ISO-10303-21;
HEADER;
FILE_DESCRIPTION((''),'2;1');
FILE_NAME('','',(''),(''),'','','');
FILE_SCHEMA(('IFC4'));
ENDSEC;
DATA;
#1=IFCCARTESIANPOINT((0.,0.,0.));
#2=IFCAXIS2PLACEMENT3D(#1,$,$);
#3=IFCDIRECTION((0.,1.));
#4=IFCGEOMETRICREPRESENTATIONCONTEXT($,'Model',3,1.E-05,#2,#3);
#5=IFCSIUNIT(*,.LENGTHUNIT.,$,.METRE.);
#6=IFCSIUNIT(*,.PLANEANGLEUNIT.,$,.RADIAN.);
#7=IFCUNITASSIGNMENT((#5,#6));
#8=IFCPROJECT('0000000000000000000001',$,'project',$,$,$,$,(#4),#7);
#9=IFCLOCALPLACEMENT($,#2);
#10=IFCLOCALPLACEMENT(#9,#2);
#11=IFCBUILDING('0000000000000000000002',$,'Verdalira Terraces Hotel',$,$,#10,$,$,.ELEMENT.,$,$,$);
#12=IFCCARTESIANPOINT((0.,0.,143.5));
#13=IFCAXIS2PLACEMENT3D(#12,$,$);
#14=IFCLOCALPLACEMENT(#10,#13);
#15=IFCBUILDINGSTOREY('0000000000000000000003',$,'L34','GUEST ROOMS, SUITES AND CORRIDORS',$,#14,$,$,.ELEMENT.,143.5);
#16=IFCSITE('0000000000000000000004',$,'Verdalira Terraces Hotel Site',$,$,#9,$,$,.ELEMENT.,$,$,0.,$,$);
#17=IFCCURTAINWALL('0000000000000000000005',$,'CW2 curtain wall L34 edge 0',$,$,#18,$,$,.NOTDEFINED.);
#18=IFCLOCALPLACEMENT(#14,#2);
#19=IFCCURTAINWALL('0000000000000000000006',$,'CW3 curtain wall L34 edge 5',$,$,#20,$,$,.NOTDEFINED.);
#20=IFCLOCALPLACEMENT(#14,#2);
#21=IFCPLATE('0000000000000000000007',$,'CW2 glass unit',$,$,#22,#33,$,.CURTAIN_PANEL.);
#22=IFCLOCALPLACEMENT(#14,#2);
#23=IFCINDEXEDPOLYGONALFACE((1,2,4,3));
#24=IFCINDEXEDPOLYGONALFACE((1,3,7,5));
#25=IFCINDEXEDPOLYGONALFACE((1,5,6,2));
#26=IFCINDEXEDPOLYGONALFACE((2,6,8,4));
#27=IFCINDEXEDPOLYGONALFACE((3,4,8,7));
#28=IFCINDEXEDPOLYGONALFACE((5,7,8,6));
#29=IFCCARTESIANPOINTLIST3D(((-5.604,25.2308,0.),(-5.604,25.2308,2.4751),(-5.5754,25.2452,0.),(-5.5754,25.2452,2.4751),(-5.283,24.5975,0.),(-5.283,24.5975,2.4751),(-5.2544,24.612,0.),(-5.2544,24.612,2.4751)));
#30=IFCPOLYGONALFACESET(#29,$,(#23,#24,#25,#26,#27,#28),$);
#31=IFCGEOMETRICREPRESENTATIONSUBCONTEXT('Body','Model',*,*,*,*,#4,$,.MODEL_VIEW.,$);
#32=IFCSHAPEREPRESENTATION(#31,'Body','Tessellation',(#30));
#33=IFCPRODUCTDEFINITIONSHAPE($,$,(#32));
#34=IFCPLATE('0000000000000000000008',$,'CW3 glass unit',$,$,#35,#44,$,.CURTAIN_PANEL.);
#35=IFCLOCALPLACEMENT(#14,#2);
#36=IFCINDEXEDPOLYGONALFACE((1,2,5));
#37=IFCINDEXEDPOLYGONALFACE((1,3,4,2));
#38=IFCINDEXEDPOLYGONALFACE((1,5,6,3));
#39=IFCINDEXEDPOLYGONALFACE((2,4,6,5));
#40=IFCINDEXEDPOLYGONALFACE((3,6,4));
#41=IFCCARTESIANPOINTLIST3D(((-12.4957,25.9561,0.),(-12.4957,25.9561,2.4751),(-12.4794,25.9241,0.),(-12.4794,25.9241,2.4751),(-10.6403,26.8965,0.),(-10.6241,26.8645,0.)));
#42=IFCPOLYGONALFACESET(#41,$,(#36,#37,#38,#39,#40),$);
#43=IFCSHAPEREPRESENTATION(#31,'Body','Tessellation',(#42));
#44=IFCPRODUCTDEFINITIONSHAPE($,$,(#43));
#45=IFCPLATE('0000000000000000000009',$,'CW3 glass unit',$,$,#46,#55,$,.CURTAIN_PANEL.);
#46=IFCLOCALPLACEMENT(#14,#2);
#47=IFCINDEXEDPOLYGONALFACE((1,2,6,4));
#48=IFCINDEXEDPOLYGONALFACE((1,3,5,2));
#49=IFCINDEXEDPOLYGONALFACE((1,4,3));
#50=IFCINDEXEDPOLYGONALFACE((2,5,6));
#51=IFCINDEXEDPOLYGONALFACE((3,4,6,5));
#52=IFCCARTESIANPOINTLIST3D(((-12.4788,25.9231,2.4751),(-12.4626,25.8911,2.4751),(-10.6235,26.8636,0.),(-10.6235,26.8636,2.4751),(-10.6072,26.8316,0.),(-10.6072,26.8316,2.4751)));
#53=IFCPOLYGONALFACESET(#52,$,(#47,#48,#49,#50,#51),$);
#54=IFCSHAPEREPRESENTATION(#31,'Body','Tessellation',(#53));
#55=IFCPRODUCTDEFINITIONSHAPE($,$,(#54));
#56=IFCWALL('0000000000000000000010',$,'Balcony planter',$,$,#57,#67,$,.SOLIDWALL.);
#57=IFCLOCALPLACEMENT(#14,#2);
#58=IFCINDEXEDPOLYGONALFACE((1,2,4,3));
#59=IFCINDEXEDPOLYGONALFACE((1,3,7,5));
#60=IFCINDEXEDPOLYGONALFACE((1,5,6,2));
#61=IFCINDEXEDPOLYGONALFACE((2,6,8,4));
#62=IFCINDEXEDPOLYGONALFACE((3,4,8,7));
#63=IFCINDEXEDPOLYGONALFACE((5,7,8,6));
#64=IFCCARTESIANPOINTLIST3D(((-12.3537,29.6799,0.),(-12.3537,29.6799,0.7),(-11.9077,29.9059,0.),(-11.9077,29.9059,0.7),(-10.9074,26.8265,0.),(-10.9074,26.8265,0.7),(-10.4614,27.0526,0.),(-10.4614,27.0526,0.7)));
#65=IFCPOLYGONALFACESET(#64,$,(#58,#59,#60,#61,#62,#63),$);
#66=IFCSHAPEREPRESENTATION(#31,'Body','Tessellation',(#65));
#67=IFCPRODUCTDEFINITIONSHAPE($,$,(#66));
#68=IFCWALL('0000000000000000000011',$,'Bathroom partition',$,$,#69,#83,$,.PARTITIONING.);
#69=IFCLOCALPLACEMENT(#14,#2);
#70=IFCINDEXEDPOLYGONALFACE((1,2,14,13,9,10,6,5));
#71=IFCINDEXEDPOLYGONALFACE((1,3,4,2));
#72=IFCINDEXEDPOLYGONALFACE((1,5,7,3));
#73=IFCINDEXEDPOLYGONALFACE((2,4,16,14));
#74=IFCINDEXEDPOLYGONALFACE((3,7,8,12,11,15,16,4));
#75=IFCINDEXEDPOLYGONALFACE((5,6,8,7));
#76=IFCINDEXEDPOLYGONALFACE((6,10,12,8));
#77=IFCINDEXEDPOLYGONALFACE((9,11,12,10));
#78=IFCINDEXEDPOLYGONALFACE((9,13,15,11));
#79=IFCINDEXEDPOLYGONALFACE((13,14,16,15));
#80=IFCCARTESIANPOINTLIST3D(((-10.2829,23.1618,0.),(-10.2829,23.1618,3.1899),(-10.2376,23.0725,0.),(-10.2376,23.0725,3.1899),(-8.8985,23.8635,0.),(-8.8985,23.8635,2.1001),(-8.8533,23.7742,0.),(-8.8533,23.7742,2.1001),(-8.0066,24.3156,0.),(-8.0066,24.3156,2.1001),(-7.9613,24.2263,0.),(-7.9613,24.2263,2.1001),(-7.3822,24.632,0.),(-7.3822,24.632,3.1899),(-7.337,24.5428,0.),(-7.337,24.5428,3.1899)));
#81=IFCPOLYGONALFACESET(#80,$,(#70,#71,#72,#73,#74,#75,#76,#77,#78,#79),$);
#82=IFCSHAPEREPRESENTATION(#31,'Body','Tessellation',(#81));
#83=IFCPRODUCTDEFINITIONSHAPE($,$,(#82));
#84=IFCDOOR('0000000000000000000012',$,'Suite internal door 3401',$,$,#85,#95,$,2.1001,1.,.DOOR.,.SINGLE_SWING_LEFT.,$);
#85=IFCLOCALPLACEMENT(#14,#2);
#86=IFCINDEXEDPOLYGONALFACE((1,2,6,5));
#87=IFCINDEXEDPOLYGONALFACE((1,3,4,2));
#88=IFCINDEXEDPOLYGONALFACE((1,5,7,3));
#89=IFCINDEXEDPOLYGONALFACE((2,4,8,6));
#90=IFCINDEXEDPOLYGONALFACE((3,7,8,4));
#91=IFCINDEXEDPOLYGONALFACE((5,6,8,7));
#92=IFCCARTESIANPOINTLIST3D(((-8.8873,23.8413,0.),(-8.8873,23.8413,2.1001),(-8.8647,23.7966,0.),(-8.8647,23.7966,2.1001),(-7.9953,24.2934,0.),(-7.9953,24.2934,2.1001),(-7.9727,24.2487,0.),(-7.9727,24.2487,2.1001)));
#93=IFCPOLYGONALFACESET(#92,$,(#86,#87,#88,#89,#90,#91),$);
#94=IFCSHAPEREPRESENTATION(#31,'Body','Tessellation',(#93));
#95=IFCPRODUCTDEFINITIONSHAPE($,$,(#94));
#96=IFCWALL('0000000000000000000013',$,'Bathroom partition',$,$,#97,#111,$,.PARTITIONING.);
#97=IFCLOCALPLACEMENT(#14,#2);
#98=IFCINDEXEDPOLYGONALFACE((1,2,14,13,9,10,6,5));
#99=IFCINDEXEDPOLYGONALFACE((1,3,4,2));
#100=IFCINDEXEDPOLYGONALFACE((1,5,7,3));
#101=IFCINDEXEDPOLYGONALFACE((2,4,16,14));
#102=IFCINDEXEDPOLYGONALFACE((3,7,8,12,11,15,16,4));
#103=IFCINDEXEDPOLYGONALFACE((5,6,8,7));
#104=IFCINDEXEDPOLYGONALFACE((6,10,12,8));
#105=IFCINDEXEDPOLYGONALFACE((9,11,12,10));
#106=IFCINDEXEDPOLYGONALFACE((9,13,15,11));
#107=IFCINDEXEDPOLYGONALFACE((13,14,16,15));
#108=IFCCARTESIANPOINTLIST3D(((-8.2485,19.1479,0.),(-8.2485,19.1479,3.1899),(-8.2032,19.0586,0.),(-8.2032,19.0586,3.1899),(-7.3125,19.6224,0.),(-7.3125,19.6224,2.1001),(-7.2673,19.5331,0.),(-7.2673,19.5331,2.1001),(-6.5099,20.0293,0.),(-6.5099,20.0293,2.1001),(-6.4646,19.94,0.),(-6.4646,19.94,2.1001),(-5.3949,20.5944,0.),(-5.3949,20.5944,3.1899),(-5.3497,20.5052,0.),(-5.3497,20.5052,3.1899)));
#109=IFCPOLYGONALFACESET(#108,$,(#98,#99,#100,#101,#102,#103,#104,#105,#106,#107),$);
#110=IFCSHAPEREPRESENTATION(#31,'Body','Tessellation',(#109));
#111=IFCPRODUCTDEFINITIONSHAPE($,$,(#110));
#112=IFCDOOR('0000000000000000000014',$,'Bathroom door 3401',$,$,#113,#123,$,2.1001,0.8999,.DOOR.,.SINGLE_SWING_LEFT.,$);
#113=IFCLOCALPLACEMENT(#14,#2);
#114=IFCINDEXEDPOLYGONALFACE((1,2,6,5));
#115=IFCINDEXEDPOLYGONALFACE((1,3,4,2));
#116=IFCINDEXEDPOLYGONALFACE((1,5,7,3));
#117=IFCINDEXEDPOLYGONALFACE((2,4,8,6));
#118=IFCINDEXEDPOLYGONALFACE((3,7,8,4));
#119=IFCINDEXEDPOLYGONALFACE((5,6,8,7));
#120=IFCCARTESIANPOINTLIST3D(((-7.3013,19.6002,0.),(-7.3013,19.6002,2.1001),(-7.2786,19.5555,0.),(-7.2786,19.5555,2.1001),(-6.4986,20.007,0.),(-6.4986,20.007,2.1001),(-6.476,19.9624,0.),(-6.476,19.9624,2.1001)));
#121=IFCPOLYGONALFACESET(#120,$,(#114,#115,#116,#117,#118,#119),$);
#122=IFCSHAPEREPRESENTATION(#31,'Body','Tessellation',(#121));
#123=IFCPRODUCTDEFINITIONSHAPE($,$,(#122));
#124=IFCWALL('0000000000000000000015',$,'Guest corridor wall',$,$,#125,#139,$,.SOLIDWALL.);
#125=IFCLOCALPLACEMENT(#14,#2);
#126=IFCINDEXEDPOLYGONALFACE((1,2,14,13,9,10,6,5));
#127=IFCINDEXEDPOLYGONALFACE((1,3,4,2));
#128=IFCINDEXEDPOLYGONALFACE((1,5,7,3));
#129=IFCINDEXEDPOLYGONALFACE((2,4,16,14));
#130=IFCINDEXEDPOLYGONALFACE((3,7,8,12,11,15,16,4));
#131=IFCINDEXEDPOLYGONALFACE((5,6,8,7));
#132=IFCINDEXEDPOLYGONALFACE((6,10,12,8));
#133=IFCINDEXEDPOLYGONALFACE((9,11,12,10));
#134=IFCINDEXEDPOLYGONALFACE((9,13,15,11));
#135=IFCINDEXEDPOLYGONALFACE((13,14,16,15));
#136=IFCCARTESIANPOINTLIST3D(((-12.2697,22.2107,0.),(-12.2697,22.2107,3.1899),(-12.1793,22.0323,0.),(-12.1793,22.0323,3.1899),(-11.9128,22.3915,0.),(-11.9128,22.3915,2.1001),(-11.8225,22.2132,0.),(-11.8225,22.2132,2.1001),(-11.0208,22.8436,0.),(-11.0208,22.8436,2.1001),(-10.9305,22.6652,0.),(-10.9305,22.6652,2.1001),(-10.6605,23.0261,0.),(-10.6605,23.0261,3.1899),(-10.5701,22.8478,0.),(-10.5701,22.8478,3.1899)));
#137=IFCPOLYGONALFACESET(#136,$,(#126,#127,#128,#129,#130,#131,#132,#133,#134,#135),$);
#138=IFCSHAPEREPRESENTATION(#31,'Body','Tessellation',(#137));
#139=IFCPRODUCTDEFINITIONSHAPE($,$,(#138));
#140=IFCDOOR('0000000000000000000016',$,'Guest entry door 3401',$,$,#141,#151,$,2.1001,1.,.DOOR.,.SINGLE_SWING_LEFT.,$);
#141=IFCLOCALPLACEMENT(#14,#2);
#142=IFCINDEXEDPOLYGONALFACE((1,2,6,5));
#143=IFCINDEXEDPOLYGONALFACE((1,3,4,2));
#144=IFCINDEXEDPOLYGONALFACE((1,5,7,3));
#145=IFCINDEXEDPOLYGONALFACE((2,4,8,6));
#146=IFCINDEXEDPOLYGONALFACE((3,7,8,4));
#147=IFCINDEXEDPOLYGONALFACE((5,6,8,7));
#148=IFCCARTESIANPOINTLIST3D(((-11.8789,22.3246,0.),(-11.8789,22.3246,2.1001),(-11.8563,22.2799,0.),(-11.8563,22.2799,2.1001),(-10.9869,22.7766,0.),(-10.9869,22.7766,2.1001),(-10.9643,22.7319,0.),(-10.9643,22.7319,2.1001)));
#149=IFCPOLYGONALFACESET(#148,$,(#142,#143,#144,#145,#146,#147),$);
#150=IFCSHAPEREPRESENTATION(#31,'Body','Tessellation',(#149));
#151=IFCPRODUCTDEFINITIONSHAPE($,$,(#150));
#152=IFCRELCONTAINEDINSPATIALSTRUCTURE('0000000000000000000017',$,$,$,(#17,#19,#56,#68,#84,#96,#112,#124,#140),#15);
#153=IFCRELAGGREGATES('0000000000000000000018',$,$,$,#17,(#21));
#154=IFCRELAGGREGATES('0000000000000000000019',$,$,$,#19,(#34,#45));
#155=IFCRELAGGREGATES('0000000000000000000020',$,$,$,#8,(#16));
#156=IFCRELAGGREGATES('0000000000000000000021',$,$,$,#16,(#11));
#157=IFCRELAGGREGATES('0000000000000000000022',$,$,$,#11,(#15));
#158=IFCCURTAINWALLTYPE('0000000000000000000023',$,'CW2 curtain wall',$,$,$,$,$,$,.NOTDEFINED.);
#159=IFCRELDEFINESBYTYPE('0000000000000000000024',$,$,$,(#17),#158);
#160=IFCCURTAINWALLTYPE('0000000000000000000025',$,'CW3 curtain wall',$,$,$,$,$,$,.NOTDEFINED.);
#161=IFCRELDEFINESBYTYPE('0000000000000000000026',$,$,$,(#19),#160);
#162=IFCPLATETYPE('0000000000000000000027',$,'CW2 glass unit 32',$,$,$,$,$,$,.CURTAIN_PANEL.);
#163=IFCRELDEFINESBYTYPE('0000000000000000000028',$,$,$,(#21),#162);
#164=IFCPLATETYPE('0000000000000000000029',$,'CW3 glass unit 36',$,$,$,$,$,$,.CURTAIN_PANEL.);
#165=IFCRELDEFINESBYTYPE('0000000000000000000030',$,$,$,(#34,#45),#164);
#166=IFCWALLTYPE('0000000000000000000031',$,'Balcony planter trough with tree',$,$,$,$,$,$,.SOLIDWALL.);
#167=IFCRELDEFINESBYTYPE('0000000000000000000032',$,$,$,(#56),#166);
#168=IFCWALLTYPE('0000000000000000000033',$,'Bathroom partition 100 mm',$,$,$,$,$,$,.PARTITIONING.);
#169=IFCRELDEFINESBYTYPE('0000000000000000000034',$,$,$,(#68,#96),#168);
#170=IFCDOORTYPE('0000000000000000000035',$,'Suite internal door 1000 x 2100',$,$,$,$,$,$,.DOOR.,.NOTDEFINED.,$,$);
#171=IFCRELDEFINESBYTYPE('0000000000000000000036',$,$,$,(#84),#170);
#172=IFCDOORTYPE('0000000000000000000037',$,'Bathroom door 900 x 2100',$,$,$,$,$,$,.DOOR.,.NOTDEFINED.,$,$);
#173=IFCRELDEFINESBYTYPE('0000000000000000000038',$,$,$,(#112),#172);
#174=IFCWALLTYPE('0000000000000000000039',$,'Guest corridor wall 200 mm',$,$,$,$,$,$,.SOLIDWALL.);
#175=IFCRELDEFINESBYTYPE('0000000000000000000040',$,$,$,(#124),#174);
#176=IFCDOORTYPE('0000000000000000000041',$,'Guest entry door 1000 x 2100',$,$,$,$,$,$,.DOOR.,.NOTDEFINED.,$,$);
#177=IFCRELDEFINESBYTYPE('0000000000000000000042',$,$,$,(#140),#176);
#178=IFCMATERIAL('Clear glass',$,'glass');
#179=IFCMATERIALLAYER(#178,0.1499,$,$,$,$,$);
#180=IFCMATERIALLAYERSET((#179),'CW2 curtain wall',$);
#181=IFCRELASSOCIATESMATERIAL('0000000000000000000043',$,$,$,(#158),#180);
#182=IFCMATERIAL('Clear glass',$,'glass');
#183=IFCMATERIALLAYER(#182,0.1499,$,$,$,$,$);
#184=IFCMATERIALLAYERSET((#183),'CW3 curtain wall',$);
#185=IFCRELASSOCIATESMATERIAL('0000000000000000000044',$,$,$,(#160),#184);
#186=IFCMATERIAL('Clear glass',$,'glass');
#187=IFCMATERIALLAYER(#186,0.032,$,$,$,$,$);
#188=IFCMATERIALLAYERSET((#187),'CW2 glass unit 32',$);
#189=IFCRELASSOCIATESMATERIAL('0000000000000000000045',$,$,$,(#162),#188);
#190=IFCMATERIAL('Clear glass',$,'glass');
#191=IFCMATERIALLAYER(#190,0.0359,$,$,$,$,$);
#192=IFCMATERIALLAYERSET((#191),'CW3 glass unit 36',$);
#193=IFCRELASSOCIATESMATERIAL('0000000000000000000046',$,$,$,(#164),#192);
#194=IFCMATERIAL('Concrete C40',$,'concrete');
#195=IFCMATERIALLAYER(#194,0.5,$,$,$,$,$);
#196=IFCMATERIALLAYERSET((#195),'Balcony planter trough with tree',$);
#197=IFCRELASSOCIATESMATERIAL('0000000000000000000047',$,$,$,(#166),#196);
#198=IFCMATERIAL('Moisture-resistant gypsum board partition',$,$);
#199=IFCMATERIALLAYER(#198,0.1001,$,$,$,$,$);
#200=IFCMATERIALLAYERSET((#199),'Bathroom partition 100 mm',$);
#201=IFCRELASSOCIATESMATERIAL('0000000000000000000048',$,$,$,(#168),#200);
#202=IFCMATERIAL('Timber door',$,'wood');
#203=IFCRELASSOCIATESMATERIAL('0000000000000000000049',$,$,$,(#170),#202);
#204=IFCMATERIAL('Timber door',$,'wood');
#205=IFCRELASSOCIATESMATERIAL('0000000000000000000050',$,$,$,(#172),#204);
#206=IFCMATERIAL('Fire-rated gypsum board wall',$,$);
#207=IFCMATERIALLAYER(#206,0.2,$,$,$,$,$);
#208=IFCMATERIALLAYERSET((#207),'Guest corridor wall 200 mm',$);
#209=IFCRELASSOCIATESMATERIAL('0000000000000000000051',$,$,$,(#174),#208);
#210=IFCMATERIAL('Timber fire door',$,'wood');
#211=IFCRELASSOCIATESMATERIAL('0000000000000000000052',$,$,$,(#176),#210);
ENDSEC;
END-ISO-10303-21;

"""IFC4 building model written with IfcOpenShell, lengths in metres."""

from ifc_helpers import new_model, si_unit, direction, frame, frame_2d, origin, origin_2d, place, context, subcontext, project, spatial, polyline, rectangle, outline, extrude, material, layer, layer_set, type_object, element, fill, aggregate, save


model = new_model("IFC4")

# Units and contexts
model_context = context("Model", 3, precision=1e-05, world=origin(), true_north=direction((0.0, 1.0)))
body_context = subcontext(model_context, "Body", "Model", "MODEL_VIEW")
ifc_project = project(units=[si_unit("LENGTHUNIT", "METRE"), si_unit("PLANEANGLEUNIT", "RADIAN")], contexts=[model_context])

# Site, building, storey
site_placement = place(None, origin())
site = spatial("IfcSite", under=ifc_project, at=site_placement, Name="Verdalira Terraces Hotel Site", CompositionType="ELEMENT", RefElevation=0.0)
building_placement = place(site_placement, origin())
building = spatial("IfcBuilding", under=site, at=building_placement, Name="Verdalira Terraces Hotel", CompositionType="ELEMENT")
storey_placement = place(building_placement, frame((0.0, 0.0, 143.5)))
storey = spatial("IfcBuildingStorey", under=building, at=storey_placement, Name="L34", Description="GUEST ROOMS, SUITES AND CORRIDORS", CompositionType="ELEMENT", Elevation=143.5)

# Curtain walls
ifc_material_1 = material(Name="Clear glass", Category="glass")
ifc_layer_1 = layer(ifc_material_1, 0.1499)
ifc_layer_set_1 = layer_set([ifc_layer_1], Name="CW2 curtain wall")
curtain_wall_type_1 = type_object("IfcCurtainWallType", Name="CW2 curtain wall", PredefinedType="NOTDEFINED", material=ifc_layer_set_1)
curtain_wall_1_placement = place(storey_placement, origin())
curtain_wall_1 = element("IfcCurtainWall", 1, at=curtain_wall_1_placement, inside=storey, type_object=curtain_wall_type_1, Name="CW2 curtain wall L34 edge 0", PredefinedType="NOTDEFINED")
ifc_material_2 = material(Name="Clear glass", Category="glass")
ifc_layer_2 = layer(ifc_material_2, 0.1499)
ifc_layer_set_2 = layer_set([ifc_layer_2], Name="CW3 curtain wall")
curtain_wall_type_2 = type_object("IfcCurtainWallType", Name="CW3 curtain wall", PredefinedType="NOTDEFINED", material=ifc_layer_set_2)
curtain_wall_2_placement = place(storey_placement, origin())
curtain_wall_2 = element("IfcCurtainWall", 2, at=curtain_wall_2_placement, inside=storey, type_object=curtain_wall_type_2, Name="CW3 curtain wall L34 edge 5", PredefinedType="NOTDEFINED")

# Plates
ifc_material_3 = material(Name="Clear glass", Category="glass")
ifc_layer_3 = layer(ifc_material_3, 0.032)
ifc_layer_set_3 = layer_set([ifc_layer_3], Name="CW2 glass unit 32")
plate_type_1 = type_object("IfcPlateType", Name="CW2 glass unit 32", PredefinedType="CURTAIN_PANEL", material=ifc_layer_set_3)
plate_1_placement = place(storey_placement, frame((-5.4292, 24.9214, 0.0), z_axis=(0.0, 0.0, 1.0), x_axis=(-0.452123, 0.891955, 0.0)))
plate_1 = element("IfcPlate", 3, at=plate_1_placement, type_object=plate_type_1, Name="CW2 glass unit", PredefinedType="CURTAIN_PANEL", context=body_context, shape_type="SweptSolid", body=[
    extrude(rectangle(XDim=0.71, YDim=0.032, at=origin_2d()), origin(), (0.0, 0.0, 1.0), 2.4751),
])
aggregate(curtain_wall_1, [plate_1])
ifc_material_4 = material(Name="Clear glass", Category="glass")
ifc_layer_4 = layer(ifc_material_4, 0.0359)
ifc_layer_set_4 = layer_set([ifc_layer_4], Name="CW3 glass unit 36")
plate_type_2 = type_object("IfcPlateType", Name="CW3 glass unit 36", PredefinedType="CURTAIN_PANEL", material=ifc_layer_set_4)
plate_2_placement = place(storey_placement, frame((-11.5518, 26.3943, 1.2375), z_axis=(-0.452123, 0.891955, 0.0), x_axis=(-0.891955, -0.452123, 0.0)))
plate_2 = element("IfcPlate", 4, at=plate_2_placement, type_object=plate_type_2, Name="CW3 glass unit", PredefinedType="CURTAIN_PANEL", context=body_context, shape_type="SweptSolid", body=[
    extrude(outline(polyline([(-1.04, -1.2375), (1.04, -1.2375), (1.04, 1.2375), (-1.04, -1.2375)])), origin(), (0.0, 0.0, 1.0), 0.0359),
])
plate_3_placement = place(storey_placement, frame((-11.5349, 26.3613, 1.2375), z_axis=(-0.452123, 0.891955, 0.0), x_axis=(-0.891955, -0.452123, 0.0)))
plate_3 = element("IfcPlate", 5, at=plate_3_placement, type_object=plate_type_2, Name="CW3 glass unit", PredefinedType="CURTAIN_PANEL", context=body_context, shape_type="SweptSolid", body=[
    extrude(outline(polyline([(-1.04, -1.2375), (1.04, 1.2375), (-1.04, 1.2375), (-1.04, -1.2375)])), origin(), (0.0, 0.0, 1.0), 0.0359),
])
aggregate(curtain_wall_2, [plate_2, plate_3])

# Wall
ifc_material_5 = material(Name="Concrete C40", Category="concrete")
ifc_layer_5 = layer(ifc_material_5, 0.5)
ifc_layer_set_5 = layer_set([ifc_layer_5], Name="Balcony planter trough with tree")
wall_type_1 = type_object("IfcWallType", Name="Balcony planter trough with tree", PredefinedType="SOLIDWALL", material=ifc_layer_set_5)
wall_1_placement = place(storey_placement, frame((-10.6843, 26.9395, 0.0), z_axis=(0.0, 0.0, 1.0), x_axis=(-0.452122, 0.891956, 0.0)))
element("IfcWall", 6, at=wall_1_placement, inside=storey, type_object=wall_type_1, Name="Balcony planter", PredefinedType="SOLIDWALL", context=body_context, shape_type="SweptSolid", body=[
    extrude(rectangle(XDim=3.199, YDim=0.5, at=frame_2d((1.5996, 0.0))), origin(), (0.0, 0.0, 1.0), 0.7),
])

# Walls, openings, doors
ifc_material_6 = material(Name="Moisture-resistant gypsum board partition")
ifc_layer_6 = layer(ifc_material_6, 0.1001)
ifc_layer_set_6 = layer_set([ifc_layer_6], Name="Bathroom partition 100 mm")
wall_type_2 = type_object("IfcWallType", Name="Bathroom partition 100 mm", PredefinedType="PARTITIONING", material=ifc_layer_set_6)
wall_2_placement = place(storey_placement, frame((-7.3596, 24.5874, 0.0), z_axis=(0.0, 0.0, 1.0), x_axis=(-0.891966, -0.452102, 0.0)))
wall_2 = element("IfcWall", 7, at=wall_2_placement, inside=storey, type_object=wall_type_2, Name="Bathroom partition", PredefinedType="PARTITIONING", context=body_context, shape_type="SweptSolid", body=[
    extrude(rectangle(XDim=3.252, YDim=0.1001, at=frame_2d((1.626, 0.0))), origin(), (0.0, 0.0, 1.0), 3.1899),
])
opening_1_placement = place(wall_2_placement, frame((0.7, 0.0, 0.0)))
opening_1 = element("IfcOpeningElement", 8, at=opening_1_placement, cuts=wall_2, PredefinedType="OPENING", context=body_context, shape_type="SweptSolid", body=[
    extrude(rectangle(XDim=1.0, YDim=2.1001, at=frame_2d((0.5, 1.05))), frame((0.0, 0.0601, 0.0), z_axis=(0.0, -1.0, 0.0), x_axis=(1.0, 0.0, 0.0)), (0.0, 0.0, 1.0), 0.1201),
])
ifc_material_7 = material(Name="Timber door", Category="wood")
door_type_1 = type_object("IfcDoorType", Name="Suite internal door 1000 x 2100", OperationType="NOTDEFINED", PredefinedType="DOOR", material=ifc_material_7)
door_1_placement = place(opening_1_placement, origin())
door_1 = element("IfcDoor", 9, at=door_1_placement, inside=storey, type_object=door_type_1, Name="Suite internal door 3401", OperationType="SINGLE_SWING_LEFT", OverallHeight=2.1001, OverallWidth=1.0, PredefinedType="DOOR", context=body_context, shape_type="SweptSolid", body=[
    extrude(rectangle(XDim=1.0, YDim=2.1001, at=frame_2d((0.5, 1.05))), frame((0.0, 0.0249, 0.0), z_axis=(0.0, -1.0, 0.0), x_axis=(1.0, 0.0, 0.0)), (0.0, 0.0, 1.0), 0.05),
])
fill(opening_1, door_1)
wall_3_placement = place(storey_placement, frame((-5.3723, 20.5498, 0.0), z_axis=(0.0, 0.0, 1.0), x_axis=(-0.891941, -0.452152, 0.0)))
wall_3 = element("IfcWall", 10, at=wall_3_placement, inside=storey, type_object=wall_type_2, Name="Bathroom partition", PredefinedType="PARTITIONING", context=body_context, shape_type="SweptSolid", body=[
    extrude(rectangle(XDim=3.1992, YDim=0.1001, at=frame_2d((1.5996, 0.0))), origin(), (0.0, 0.0, 1.0), 3.1899),
])
opening_2_placement = place(wall_3_placement, frame((1.25, 0.0, 0.0)))
opening_2 = element("IfcOpeningElement", 11, at=opening_2_placement, cuts=wall_3, PredefinedType="OPENING", context=body_context, shape_type="SweptSolid", body=[
    extrude(rectangle(XDim=0.8999, YDim=2.1001, at=frame_2d((0.45, 1.05))), frame((0.0, 0.0601, 0.0), z_axis=(0.0, -1.0, 0.0), x_axis=(1.0, 0.0, 0.0)), (0.0, 0.0, 1.0), 0.1201),
])
ifc_material_8 = material(Name="Timber door", Category="wood")
door_type_2 = type_object("IfcDoorType", Name="Bathroom door 900 x 2100", OperationType="NOTDEFINED", PredefinedType="DOOR", material=ifc_material_8)
door_2_placement = place(opening_2_placement, origin())
door_2 = element("IfcDoor", 12, at=door_2_placement, inside=storey, type_object=door_type_2, Name="Bathroom door 3401", OperationType="SINGLE_SWING_LEFT", OverallHeight=2.1001, OverallWidth=0.8999, PredefinedType="DOOR", context=body_context, shape_type="SweptSolid", body=[
    extrude(rectangle(XDim=0.8999, YDim=2.1001, at=frame_2d((0.45, 1.05))), frame((0.0, 0.0249, 0.0), z_axis=(0.0, -1.0, 0.0), x_axis=(1.0, 0.0, 0.0)), (0.0, 0.0, 1.0), 0.05),
])
fill(opening_2, door_2)
ifc_material_9 = material(Name="Fire-rated gypsum board wall")
ifc_layer_7 = layer(ifc_material_9, 0.2)
ifc_layer_set_7 = layer_set([ifc_layer_7], Name="Guest corridor wall 200 mm")
wall_type_3 = type_object("IfcWallType", Name="Guest corridor wall 200 mm", PredefinedType="SOLIDWALL", material=ifc_layer_set_7)
wall_4_placement = place(storey_placement, frame((-12.2244, 22.1216, 0.0), z_axis=(0.0, 0.0, 1.0), x_axis=(0.892005, 0.452025, 0.0)))
wall_4 = element("IfcWall", 13, at=wall_4_placement, inside=storey, type_object=wall_type_3, Name="Guest corridor wall", PredefinedType="SOLIDWALL", context=body_context, shape_type="SweptSolid", body=[
    extrude(rectangle(XDim=1.804, YDim=0.2, at=frame_2d((0.9019, 0.0))), origin(), (0.0, 0.0, 1.0), 3.1899),
])
opening_3_placement = place(wall_4_placement, frame((0.3999, 0.0, 0.0)))
opening_3 = element("IfcOpeningElement", 14, at=opening_3_placement, cuts=wall_4, PredefinedType="OPENING", context=body_context, shape_type="SweptSolid", body=[
    extrude(rectangle(XDim=1.0, YDim=2.1001, at=frame_2d((0.5, 1.05))), frame((0.0, 0.1099, 0.0), z_axis=(0.0, -1.0, 0.0), x_axis=(1.0, 0.0, 0.0)), (0.0, 0.0, 1.0), 0.22),
])
ifc_material_10 = material(Name="Timber fire door", Category="wood")
door_type_3 = type_object("IfcDoorType", Name="Guest entry door 1000 x 2100", OperationType="NOTDEFINED", PredefinedType="DOOR", material=ifc_material_10)
door_3_placement = place(opening_3_placement, origin())
door_3 = element("IfcDoor", 15, at=door_3_placement, inside=storey, type_object=door_type_3, Name="Guest entry door 3401", OperationType="SINGLE_SWING_LEFT", OverallHeight=2.1001, OverallWidth=1.0, PredefinedType="DOOR", context=body_context, shape_type="SweptSolid", body=[
    extrude(rectangle(XDim=1.0, YDim=2.1001, at=frame_2d((0.5, 1.05))), frame((0.0, 0.0249, 0.0), z_axis=(0.0, -1.0, 0.0), x_axis=(1.0, 0.0, 0.0)), (0.0, 0.0, 1.0), 0.05),
])
fill(opening_3, door_3)

save(model, "model.ifc")
